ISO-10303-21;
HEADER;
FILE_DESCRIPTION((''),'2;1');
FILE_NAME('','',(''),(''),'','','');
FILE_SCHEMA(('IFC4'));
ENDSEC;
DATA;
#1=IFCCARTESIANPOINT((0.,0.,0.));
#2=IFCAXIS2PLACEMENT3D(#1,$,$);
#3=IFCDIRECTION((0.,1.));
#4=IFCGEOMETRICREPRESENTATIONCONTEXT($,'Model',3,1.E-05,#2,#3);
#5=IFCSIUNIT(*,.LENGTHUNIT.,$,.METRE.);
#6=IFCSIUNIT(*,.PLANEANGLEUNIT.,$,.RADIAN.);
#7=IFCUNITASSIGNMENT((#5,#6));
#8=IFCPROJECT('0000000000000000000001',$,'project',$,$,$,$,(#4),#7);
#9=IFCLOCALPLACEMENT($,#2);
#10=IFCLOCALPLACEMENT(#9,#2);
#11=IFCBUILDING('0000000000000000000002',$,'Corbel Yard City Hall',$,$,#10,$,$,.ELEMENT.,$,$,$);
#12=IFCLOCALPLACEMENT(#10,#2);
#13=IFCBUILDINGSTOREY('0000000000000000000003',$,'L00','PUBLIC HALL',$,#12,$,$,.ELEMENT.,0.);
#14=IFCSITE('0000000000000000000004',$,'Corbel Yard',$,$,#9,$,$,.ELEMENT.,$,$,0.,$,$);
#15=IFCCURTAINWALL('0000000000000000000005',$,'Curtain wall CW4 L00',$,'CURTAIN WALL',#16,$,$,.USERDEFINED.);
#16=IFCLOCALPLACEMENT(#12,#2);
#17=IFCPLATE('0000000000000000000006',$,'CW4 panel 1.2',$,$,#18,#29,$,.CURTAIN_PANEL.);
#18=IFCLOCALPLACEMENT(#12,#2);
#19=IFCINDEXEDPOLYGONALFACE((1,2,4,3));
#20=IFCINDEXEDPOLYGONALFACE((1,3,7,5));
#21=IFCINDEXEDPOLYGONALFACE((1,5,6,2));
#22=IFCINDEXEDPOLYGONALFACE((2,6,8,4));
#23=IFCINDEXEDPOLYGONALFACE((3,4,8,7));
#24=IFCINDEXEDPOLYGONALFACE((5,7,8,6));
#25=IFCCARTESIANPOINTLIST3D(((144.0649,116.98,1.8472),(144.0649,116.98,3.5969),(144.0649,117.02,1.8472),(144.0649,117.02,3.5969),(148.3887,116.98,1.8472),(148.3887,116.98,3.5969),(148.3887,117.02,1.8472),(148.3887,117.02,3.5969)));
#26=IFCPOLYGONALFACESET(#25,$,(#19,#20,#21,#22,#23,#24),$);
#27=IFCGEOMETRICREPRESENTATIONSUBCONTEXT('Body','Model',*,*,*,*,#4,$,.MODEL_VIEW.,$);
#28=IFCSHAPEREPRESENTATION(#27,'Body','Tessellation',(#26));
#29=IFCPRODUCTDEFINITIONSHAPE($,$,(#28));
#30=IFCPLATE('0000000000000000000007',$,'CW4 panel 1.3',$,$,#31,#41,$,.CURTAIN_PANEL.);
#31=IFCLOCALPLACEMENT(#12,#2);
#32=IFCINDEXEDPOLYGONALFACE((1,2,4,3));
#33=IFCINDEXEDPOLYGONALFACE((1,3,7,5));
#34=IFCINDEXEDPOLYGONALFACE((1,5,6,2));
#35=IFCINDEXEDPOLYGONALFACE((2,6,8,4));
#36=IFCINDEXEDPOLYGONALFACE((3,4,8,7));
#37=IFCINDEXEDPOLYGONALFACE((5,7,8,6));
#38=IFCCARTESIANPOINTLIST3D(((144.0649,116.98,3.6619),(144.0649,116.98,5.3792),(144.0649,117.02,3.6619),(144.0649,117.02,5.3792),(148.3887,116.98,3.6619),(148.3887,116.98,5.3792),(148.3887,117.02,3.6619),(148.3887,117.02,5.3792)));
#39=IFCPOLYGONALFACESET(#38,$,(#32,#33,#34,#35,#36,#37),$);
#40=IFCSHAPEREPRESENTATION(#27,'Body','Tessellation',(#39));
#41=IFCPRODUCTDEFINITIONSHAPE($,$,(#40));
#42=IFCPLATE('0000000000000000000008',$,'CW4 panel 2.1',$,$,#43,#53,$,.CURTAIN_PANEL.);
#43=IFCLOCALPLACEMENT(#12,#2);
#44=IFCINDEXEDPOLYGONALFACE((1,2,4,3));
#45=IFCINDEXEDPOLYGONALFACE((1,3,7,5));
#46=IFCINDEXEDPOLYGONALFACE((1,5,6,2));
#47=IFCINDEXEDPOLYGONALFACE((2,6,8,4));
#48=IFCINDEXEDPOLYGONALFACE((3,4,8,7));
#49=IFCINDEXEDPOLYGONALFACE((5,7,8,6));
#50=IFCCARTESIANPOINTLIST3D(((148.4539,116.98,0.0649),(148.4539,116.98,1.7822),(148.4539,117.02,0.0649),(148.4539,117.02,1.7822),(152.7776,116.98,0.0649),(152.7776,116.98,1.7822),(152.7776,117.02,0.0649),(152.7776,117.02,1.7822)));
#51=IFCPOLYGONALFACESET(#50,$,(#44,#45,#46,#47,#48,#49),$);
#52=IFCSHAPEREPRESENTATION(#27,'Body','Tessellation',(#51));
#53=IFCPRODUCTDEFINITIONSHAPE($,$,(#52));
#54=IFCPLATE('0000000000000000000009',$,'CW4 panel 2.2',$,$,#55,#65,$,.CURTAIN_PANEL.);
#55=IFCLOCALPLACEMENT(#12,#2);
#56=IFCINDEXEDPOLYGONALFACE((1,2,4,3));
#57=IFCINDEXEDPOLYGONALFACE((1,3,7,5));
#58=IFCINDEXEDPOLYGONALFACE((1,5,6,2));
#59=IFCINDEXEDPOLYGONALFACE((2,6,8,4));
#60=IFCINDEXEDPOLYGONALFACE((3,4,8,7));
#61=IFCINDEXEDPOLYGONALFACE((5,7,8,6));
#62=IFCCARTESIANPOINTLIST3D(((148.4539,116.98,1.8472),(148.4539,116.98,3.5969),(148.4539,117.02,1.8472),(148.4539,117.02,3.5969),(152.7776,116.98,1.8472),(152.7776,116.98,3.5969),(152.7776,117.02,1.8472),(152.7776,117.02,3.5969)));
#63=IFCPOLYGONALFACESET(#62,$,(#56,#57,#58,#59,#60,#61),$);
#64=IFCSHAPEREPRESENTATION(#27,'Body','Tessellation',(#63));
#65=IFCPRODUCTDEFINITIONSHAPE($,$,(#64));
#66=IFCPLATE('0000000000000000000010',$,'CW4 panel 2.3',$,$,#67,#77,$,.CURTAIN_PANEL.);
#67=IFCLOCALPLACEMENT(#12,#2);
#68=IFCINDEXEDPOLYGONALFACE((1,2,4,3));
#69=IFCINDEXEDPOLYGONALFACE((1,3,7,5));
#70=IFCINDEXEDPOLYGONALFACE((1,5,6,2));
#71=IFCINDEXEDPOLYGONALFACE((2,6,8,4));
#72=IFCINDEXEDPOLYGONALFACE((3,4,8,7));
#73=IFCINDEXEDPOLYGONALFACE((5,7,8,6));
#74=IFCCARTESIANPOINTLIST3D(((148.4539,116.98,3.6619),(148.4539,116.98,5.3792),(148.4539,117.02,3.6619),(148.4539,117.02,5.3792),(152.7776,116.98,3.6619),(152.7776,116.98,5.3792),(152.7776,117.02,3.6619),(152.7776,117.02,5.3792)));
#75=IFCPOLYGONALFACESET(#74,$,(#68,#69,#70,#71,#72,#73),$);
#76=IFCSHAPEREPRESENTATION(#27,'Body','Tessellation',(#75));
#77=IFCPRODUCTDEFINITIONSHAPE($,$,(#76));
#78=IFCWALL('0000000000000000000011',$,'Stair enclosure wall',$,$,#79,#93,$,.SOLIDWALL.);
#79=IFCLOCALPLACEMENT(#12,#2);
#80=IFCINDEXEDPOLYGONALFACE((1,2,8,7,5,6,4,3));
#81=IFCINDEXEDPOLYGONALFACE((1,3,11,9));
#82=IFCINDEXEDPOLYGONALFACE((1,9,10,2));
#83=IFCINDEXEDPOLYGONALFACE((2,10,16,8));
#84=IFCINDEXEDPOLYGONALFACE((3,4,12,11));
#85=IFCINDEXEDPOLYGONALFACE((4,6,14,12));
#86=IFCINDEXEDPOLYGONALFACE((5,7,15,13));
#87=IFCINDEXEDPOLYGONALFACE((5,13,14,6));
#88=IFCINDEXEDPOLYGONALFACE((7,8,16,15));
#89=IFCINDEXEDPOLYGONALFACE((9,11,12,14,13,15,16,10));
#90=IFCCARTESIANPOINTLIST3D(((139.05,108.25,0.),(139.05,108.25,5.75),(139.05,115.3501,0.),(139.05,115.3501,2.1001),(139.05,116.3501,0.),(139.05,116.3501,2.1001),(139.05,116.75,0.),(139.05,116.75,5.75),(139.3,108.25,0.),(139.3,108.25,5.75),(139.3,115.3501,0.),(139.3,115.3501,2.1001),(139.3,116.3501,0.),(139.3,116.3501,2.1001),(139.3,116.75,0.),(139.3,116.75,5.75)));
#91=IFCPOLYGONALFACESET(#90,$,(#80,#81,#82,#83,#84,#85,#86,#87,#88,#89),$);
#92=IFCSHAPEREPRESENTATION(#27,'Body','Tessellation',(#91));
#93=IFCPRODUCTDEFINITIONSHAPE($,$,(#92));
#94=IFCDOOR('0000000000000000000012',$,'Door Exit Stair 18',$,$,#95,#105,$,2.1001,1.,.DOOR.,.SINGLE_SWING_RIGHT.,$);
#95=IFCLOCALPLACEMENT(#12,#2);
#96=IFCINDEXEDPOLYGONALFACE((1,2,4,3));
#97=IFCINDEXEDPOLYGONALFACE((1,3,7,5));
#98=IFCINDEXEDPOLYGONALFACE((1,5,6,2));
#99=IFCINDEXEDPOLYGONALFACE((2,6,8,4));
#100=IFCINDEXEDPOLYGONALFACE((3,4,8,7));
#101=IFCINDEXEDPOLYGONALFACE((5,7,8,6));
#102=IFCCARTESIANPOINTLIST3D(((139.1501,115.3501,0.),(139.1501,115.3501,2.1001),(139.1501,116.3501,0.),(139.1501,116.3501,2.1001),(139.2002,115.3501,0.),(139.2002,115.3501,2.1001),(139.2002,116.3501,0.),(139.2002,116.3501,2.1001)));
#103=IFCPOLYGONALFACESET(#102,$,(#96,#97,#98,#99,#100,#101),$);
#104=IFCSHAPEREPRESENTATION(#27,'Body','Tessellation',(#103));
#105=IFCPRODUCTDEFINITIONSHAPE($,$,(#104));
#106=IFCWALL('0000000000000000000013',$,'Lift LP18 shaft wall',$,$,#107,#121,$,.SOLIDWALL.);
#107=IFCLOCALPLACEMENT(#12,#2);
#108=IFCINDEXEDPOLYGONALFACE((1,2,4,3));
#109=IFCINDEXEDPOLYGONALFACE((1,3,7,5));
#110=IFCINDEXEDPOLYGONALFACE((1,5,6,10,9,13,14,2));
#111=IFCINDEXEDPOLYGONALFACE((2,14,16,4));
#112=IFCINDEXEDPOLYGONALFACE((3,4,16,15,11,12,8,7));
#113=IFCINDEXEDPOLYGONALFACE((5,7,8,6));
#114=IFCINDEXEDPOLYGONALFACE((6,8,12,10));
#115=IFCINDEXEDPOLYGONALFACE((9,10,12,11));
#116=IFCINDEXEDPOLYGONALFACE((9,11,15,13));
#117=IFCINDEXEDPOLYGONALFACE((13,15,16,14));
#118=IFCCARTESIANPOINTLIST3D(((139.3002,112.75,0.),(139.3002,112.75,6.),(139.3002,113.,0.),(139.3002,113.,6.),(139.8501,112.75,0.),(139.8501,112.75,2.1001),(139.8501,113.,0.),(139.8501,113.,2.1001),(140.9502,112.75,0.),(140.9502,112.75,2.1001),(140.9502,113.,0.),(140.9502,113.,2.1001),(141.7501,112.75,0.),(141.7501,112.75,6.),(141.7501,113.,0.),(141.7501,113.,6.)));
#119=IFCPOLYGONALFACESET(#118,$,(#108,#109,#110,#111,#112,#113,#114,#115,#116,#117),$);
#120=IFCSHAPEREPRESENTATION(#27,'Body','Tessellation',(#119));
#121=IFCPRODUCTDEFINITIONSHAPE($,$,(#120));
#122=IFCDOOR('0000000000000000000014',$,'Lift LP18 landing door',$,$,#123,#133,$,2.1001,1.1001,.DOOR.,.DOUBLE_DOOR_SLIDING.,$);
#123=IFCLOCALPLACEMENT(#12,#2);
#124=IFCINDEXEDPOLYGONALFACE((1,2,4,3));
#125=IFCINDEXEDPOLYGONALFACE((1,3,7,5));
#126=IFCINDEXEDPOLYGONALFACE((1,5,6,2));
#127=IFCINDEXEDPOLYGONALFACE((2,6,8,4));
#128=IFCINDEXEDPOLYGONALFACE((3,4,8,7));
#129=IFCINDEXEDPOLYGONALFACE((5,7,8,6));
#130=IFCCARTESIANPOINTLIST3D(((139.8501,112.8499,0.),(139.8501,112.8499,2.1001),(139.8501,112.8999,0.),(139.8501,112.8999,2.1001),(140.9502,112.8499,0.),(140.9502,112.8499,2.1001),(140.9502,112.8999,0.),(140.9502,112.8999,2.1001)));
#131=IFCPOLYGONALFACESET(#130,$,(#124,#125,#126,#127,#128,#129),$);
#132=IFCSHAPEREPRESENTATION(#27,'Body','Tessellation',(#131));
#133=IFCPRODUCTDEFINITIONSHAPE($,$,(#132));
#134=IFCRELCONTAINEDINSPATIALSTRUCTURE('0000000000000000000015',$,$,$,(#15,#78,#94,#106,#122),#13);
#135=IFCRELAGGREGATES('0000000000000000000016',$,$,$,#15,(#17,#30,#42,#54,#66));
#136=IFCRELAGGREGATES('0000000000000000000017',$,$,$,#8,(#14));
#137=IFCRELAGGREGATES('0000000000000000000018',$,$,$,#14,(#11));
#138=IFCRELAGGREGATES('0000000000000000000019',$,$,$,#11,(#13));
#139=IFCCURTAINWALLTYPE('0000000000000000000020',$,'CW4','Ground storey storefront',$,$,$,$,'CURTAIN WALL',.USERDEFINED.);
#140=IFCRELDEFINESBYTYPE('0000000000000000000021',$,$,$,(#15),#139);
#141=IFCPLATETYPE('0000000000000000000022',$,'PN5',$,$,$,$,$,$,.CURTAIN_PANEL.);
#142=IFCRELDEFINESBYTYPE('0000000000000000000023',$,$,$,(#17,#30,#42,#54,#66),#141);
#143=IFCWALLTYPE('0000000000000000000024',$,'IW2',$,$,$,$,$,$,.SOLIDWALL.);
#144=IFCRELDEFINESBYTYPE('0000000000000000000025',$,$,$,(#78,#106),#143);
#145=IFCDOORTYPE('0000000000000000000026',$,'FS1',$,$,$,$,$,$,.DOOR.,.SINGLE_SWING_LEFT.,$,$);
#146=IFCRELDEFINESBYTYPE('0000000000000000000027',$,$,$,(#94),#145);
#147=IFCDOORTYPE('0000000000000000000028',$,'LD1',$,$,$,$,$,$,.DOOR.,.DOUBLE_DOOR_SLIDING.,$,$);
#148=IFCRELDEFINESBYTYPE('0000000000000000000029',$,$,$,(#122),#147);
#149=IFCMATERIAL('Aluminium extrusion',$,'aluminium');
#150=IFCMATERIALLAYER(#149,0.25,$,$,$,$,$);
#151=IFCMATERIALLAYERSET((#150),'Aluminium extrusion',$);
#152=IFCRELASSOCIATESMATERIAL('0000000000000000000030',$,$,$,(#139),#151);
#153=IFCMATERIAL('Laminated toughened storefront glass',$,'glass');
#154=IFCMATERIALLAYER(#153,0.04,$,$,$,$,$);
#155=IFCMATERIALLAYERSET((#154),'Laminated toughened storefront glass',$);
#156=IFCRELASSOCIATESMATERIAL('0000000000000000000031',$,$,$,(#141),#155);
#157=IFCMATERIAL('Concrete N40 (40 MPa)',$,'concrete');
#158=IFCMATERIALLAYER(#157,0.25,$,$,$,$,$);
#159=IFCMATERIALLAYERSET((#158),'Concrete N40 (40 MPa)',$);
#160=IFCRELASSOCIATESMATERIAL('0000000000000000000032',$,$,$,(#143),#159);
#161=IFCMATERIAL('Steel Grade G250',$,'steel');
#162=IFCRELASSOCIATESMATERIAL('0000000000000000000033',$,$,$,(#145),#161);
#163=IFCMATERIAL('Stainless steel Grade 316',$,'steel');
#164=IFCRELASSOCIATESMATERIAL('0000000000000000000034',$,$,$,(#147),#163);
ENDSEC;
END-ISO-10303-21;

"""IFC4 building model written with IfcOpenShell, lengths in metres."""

from ifc_helpers import new_model, si_unit, direction, frame, frame_2d, origin, origin_2d, place, context, subcontext, project, spatial, rectangle, extrude, material, layer, layer_set, type_object, element, fill, aggregate, save


model = new_model("IFC4")

# Units and contexts
model_context = context("Model", 3, precision=1e-05, world=origin(), true_north=direction((0.0, 1.0)))
body_context = subcontext(model_context, "Body", "Model", "MODEL_VIEW")
ifc_project = project(units=[si_unit("LENGTHUNIT", "METRE"), si_unit("PLANEANGLEUNIT", "RADIAN")], contexts=[model_context])

# Site, building, storey
site_placement = place(None, origin())
site = spatial("IfcSite", under=ifc_project, at=site_placement, Name="Corbel Yard", CompositionType="ELEMENT", RefElevation=0.0)
building_placement = place(site_placement, origin())
building = spatial("IfcBuilding", under=site, at=building_placement, Name="Corbel Yard City Hall", CompositionType="ELEMENT")
storey_placement = place(building_placement, origin())
storey = spatial("IfcBuildingStorey", under=building, at=storey_placement, Name="L00", Description="PUBLIC HALL", CompositionType="ELEMENT", Elevation=0.0)

# Curtain wall, plates
ifc_material_1 = material(Name="Aluminium extrusion", Category="aluminium")
ifc_layer_1 = layer(ifc_material_1, 0.25)
ifc_layer_set_1 = layer_set([ifc_layer_1], Name="Aluminium extrusion")
curtain_wall_type = type_object("IfcCurtainWallType", Name="CW4", Description="Ground storey storefront", ElementType="CURTAIN WALL", PredefinedType="USERDEFINED", material=ifc_layer_set_1)
curtain_wall_placement = place(storey_placement, origin())
curtain_wall = element("IfcCurtainWall", 1, at=curtain_wall_placement, inside=storey, type_object=curtain_wall_type, Name="Curtain wall CW4 L00", ObjectType="CURTAIN WALL", PredefinedType="USERDEFINED")
ifc_material_2 = material(Name="Laminated toughened storefront glass", Category="glass")
ifc_layer_2 = layer(ifc_material_2, 0.04)
ifc_layer_set_2 = layer_set([ifc_layer_2], Name="Laminated toughened storefront glass")
plate_type = type_object("IfcPlateType", Name="PN5", PredefinedType="CURTAIN_PANEL", material=ifc_layer_set_2)
plate_1_placement = place(storey_placement, frame((146.2268, 117.0, 1.8472), z_axis=(0.0, 0.0, 1.0), x_axis=(1.0, 0.0, 0.0)))
plate_1 = element("IfcPlate", 2, at=plate_1_placement, type_object=plate_type, Name="CW4 panel 1.2", PredefinedType="CURTAIN_PANEL", context=body_context, shape_type="SweptSolid", body=[
    extrude(rectangle(XDim=4.3237, YDim=0.04, at=origin_2d()), origin(), (0.0, 0.0, 1.0), 1.7498),
])
plate_2_placement = place(storey_placement, frame((146.2268, 117.0, 3.6619), z_axis=(0.0, 0.0, 1.0), x_axis=(1.0, 0.0, 0.0)))
plate_2 = element("IfcPlate", 3, at=plate_2_placement, type_object=plate_type, Name="CW4 panel 1.3", PredefinedType="CURTAIN_PANEL", context=body_context, shape_type="SweptSolid", body=[
    extrude(rectangle(XDim=4.3237, YDim=0.04, at=origin_2d()), origin(), (0.0, 0.0, 1.0), 1.7173),
])
plate_3_placement = place(storey_placement, frame((150.6157, 117.0, 0.0649), z_axis=(0.0, 0.0, 1.0), x_axis=(1.0, 0.0, 0.0)))
plate_3 = element("IfcPlate", 4, at=plate_3_placement, type_object=plate_type, Name="CW4 panel 2.1", PredefinedType="CURTAIN_PANEL", context=body_context, shape_type="SweptSolid", body=[
    extrude(rectangle(XDim=4.3237, YDim=0.04, at=origin_2d()), origin(), (0.0, 0.0, 1.0), 1.7173),
])
plate_4_placement = place(storey_placement, frame((150.6157, 117.0, 1.8472), z_axis=(0.0, 0.0, 1.0), x_axis=(1.0, 0.0, 0.0)))
plate_4 = element("IfcPlate", 5, at=plate_4_placement, type_object=plate_type, Name="CW4 panel 2.2", PredefinedType="CURTAIN_PANEL", context=body_context, shape_type="SweptSolid", body=[
    extrude(rectangle(XDim=4.3237, YDim=0.04, at=origin_2d()), origin(), (0.0, 0.0, 1.0), 1.7498),
])
plate_5_placement = place(storey_placement, frame((150.6157, 117.0, 3.6619), z_axis=(0.0, 0.0, 1.0), x_axis=(1.0, 0.0, 0.0)))
plate_5 = element("IfcPlate", 6, at=plate_5_placement, type_object=plate_type, Name="CW4 panel 2.3", PredefinedType="CURTAIN_PANEL", context=body_context, shape_type="SweptSolid", body=[
    extrude(rectangle(XDim=4.3237, YDim=0.04, at=origin_2d()), origin(), (0.0, 0.0, 1.0), 1.7173),
])
aggregate(curtain_wall, [plate_1, plate_2, plate_3, plate_4, plate_5])

# Walls, openings, doors
ifc_material_3 = material(Name="Concrete N40 (40 MPa)", Category="concrete")
ifc_layer_3 = layer(ifc_material_3, 0.25)
ifc_layer_set_3 = layer_set([ifc_layer_3], Name="Concrete N40 (40 MPa)")
wall_type = type_object("IfcWallType", Name="IW2", PredefinedType="SOLIDWALL", material=ifc_layer_set_3)
wall_1_placement = place(storey_placement, frame((139.175, 116.75, 0.0), z_axis=(0.0, 0.0, 1.0), x_axis=(0.0, -1.0, 0.0)))
wall_1 = element("IfcWall", 7, at=wall_1_placement, inside=storey, type_object=wall_type, Name="Stair enclosure wall", PredefinedType="SOLIDWALL", context=body_context, shape_type="SweptSolid", body=[
    extrude(rectangle(XDim=8.5, YDim=0.25, at=frame_2d((4.25, 0.0))), origin(), (0.0, 0.0, 1.0), 5.75),
])
opening_1_placement = place(wall_1_placement, frame((0.3999, 0.0, 0.0)))
opening_1 = element("IfcOpeningElement", 8, at=opening_1_placement, cuts=wall_1, PredefinedType="OPENING", context=body_context, shape_type="SweptSolid", body=[
    extrude(rectangle(XDim=1.0, YDim=2.1001, at=frame_2d((0.5, 1.05))), frame((0.0, 0.135, 0.0), z_axis=(0.0, -1.0, 0.0), x_axis=(1.0, 0.0, 0.0)), (0.0, 0.0, 1.0), 0.27),
])
ifc_material_4 = material(Name="Steel Grade G250", Category="steel")
door_type_1 = type_object("IfcDoorType", Name="FS1", OperationType="SINGLE_SWING_LEFT", PredefinedType="DOOR", material=ifc_material_4)
door_1_placement = place(opening_1_placement, frame((1.0, 0.0, 0.0), z_axis=(0.0, 0.0, 1.0), x_axis=(-1.0, 0.0, 0.0)))
door_1 = element("IfcDoor", 9, at=door_1_placement, inside=storey, type_object=door_type_1, Name="Door Exit Stair 18", OperationType="SINGLE_SWING_RIGHT", OverallHeight=2.1001, OverallWidth=1.0, PredefinedType="DOOR", context=body_context, shape_type="SweptSolid", body=[
    extrude(rectangle(XDim=1.0, YDim=2.1001, at=frame_2d((0.5, 1.05))), frame((0.0, 0.0249, 0.0), z_axis=(0.0, -1.0, 0.0), x_axis=(1.0, 0.0, 0.0)), (0.0, 0.0, 1.0), 0.05),
])
fill(opening_1, door_1)
wall_2_placement = place(storey_placement, frame((139.3, 112.875, 0.0), z_axis=(0.0, 0.0, 1.0), x_axis=(1.0, 0.0, 0.0)))
wall_2 = element("IfcWall", 10, at=wall_2_placement, inside=storey, type_object=wall_type, Name="Lift LP18 shaft wall", PredefinedType="SOLIDWALL", context=body_context, shape_type="SweptSolid", body=[
    extrude(rectangle(XDim=2.45, YDim=0.25, at=frame_2d((1.2251, 0.0))), origin(), (0.0, 0.0, 1.0), 6.0),
])
opening_2_placement = place(wall_2_placement, frame((0.55, 0.0, 0.0)))
opening_2 = element("IfcOpeningElement", 11, at=opening_2_placement, cuts=wall_2, PredefinedType="OPENING", context=body_context, shape_type="SweptSolid", body=[
    extrude(rectangle(XDim=1.1001, YDim=2.1001, at=frame_2d((0.55, 1.05))), frame((0.0, 0.135, 0.0), z_axis=(0.0, -1.0, 0.0), x_axis=(1.0, 0.0, 0.0)), (0.0, 0.0, 1.0), 0.27),
])
ifc_material_5 = material(Name="Stainless steel Grade 316", Category="steel")
door_type_2 = type_object("IfcDoorType", Name="LD1", OperationType="DOUBLE_DOOR_SLIDING", PredefinedType="DOOR", material=ifc_material_5)
door_2_placement = place(opening_2_placement, origin())
door_2 = element("IfcDoor", 12, at=door_2_placement, inside=storey, type_object=door_type_2, Name="Lift LP18 landing door", OperationType="DOUBLE_DOOR_SLIDING", OverallHeight=2.1001, OverallWidth=1.1001, PredefinedType="DOOR", context=body_context, shape_type="SweptSolid", body=[
    extrude(rectangle(XDim=1.1001, YDim=2.1001, at=frame_2d((0.55, 1.05))), frame((0.0, 0.0249, 0.0), z_axis=(0.0, -1.0, 0.0), x_axis=(1.0, 0.0, 0.0)), (0.0, 0.0, 1.0), 0.05),
])
fill(opening_2, door_2)

save(model, "model.ifc")
